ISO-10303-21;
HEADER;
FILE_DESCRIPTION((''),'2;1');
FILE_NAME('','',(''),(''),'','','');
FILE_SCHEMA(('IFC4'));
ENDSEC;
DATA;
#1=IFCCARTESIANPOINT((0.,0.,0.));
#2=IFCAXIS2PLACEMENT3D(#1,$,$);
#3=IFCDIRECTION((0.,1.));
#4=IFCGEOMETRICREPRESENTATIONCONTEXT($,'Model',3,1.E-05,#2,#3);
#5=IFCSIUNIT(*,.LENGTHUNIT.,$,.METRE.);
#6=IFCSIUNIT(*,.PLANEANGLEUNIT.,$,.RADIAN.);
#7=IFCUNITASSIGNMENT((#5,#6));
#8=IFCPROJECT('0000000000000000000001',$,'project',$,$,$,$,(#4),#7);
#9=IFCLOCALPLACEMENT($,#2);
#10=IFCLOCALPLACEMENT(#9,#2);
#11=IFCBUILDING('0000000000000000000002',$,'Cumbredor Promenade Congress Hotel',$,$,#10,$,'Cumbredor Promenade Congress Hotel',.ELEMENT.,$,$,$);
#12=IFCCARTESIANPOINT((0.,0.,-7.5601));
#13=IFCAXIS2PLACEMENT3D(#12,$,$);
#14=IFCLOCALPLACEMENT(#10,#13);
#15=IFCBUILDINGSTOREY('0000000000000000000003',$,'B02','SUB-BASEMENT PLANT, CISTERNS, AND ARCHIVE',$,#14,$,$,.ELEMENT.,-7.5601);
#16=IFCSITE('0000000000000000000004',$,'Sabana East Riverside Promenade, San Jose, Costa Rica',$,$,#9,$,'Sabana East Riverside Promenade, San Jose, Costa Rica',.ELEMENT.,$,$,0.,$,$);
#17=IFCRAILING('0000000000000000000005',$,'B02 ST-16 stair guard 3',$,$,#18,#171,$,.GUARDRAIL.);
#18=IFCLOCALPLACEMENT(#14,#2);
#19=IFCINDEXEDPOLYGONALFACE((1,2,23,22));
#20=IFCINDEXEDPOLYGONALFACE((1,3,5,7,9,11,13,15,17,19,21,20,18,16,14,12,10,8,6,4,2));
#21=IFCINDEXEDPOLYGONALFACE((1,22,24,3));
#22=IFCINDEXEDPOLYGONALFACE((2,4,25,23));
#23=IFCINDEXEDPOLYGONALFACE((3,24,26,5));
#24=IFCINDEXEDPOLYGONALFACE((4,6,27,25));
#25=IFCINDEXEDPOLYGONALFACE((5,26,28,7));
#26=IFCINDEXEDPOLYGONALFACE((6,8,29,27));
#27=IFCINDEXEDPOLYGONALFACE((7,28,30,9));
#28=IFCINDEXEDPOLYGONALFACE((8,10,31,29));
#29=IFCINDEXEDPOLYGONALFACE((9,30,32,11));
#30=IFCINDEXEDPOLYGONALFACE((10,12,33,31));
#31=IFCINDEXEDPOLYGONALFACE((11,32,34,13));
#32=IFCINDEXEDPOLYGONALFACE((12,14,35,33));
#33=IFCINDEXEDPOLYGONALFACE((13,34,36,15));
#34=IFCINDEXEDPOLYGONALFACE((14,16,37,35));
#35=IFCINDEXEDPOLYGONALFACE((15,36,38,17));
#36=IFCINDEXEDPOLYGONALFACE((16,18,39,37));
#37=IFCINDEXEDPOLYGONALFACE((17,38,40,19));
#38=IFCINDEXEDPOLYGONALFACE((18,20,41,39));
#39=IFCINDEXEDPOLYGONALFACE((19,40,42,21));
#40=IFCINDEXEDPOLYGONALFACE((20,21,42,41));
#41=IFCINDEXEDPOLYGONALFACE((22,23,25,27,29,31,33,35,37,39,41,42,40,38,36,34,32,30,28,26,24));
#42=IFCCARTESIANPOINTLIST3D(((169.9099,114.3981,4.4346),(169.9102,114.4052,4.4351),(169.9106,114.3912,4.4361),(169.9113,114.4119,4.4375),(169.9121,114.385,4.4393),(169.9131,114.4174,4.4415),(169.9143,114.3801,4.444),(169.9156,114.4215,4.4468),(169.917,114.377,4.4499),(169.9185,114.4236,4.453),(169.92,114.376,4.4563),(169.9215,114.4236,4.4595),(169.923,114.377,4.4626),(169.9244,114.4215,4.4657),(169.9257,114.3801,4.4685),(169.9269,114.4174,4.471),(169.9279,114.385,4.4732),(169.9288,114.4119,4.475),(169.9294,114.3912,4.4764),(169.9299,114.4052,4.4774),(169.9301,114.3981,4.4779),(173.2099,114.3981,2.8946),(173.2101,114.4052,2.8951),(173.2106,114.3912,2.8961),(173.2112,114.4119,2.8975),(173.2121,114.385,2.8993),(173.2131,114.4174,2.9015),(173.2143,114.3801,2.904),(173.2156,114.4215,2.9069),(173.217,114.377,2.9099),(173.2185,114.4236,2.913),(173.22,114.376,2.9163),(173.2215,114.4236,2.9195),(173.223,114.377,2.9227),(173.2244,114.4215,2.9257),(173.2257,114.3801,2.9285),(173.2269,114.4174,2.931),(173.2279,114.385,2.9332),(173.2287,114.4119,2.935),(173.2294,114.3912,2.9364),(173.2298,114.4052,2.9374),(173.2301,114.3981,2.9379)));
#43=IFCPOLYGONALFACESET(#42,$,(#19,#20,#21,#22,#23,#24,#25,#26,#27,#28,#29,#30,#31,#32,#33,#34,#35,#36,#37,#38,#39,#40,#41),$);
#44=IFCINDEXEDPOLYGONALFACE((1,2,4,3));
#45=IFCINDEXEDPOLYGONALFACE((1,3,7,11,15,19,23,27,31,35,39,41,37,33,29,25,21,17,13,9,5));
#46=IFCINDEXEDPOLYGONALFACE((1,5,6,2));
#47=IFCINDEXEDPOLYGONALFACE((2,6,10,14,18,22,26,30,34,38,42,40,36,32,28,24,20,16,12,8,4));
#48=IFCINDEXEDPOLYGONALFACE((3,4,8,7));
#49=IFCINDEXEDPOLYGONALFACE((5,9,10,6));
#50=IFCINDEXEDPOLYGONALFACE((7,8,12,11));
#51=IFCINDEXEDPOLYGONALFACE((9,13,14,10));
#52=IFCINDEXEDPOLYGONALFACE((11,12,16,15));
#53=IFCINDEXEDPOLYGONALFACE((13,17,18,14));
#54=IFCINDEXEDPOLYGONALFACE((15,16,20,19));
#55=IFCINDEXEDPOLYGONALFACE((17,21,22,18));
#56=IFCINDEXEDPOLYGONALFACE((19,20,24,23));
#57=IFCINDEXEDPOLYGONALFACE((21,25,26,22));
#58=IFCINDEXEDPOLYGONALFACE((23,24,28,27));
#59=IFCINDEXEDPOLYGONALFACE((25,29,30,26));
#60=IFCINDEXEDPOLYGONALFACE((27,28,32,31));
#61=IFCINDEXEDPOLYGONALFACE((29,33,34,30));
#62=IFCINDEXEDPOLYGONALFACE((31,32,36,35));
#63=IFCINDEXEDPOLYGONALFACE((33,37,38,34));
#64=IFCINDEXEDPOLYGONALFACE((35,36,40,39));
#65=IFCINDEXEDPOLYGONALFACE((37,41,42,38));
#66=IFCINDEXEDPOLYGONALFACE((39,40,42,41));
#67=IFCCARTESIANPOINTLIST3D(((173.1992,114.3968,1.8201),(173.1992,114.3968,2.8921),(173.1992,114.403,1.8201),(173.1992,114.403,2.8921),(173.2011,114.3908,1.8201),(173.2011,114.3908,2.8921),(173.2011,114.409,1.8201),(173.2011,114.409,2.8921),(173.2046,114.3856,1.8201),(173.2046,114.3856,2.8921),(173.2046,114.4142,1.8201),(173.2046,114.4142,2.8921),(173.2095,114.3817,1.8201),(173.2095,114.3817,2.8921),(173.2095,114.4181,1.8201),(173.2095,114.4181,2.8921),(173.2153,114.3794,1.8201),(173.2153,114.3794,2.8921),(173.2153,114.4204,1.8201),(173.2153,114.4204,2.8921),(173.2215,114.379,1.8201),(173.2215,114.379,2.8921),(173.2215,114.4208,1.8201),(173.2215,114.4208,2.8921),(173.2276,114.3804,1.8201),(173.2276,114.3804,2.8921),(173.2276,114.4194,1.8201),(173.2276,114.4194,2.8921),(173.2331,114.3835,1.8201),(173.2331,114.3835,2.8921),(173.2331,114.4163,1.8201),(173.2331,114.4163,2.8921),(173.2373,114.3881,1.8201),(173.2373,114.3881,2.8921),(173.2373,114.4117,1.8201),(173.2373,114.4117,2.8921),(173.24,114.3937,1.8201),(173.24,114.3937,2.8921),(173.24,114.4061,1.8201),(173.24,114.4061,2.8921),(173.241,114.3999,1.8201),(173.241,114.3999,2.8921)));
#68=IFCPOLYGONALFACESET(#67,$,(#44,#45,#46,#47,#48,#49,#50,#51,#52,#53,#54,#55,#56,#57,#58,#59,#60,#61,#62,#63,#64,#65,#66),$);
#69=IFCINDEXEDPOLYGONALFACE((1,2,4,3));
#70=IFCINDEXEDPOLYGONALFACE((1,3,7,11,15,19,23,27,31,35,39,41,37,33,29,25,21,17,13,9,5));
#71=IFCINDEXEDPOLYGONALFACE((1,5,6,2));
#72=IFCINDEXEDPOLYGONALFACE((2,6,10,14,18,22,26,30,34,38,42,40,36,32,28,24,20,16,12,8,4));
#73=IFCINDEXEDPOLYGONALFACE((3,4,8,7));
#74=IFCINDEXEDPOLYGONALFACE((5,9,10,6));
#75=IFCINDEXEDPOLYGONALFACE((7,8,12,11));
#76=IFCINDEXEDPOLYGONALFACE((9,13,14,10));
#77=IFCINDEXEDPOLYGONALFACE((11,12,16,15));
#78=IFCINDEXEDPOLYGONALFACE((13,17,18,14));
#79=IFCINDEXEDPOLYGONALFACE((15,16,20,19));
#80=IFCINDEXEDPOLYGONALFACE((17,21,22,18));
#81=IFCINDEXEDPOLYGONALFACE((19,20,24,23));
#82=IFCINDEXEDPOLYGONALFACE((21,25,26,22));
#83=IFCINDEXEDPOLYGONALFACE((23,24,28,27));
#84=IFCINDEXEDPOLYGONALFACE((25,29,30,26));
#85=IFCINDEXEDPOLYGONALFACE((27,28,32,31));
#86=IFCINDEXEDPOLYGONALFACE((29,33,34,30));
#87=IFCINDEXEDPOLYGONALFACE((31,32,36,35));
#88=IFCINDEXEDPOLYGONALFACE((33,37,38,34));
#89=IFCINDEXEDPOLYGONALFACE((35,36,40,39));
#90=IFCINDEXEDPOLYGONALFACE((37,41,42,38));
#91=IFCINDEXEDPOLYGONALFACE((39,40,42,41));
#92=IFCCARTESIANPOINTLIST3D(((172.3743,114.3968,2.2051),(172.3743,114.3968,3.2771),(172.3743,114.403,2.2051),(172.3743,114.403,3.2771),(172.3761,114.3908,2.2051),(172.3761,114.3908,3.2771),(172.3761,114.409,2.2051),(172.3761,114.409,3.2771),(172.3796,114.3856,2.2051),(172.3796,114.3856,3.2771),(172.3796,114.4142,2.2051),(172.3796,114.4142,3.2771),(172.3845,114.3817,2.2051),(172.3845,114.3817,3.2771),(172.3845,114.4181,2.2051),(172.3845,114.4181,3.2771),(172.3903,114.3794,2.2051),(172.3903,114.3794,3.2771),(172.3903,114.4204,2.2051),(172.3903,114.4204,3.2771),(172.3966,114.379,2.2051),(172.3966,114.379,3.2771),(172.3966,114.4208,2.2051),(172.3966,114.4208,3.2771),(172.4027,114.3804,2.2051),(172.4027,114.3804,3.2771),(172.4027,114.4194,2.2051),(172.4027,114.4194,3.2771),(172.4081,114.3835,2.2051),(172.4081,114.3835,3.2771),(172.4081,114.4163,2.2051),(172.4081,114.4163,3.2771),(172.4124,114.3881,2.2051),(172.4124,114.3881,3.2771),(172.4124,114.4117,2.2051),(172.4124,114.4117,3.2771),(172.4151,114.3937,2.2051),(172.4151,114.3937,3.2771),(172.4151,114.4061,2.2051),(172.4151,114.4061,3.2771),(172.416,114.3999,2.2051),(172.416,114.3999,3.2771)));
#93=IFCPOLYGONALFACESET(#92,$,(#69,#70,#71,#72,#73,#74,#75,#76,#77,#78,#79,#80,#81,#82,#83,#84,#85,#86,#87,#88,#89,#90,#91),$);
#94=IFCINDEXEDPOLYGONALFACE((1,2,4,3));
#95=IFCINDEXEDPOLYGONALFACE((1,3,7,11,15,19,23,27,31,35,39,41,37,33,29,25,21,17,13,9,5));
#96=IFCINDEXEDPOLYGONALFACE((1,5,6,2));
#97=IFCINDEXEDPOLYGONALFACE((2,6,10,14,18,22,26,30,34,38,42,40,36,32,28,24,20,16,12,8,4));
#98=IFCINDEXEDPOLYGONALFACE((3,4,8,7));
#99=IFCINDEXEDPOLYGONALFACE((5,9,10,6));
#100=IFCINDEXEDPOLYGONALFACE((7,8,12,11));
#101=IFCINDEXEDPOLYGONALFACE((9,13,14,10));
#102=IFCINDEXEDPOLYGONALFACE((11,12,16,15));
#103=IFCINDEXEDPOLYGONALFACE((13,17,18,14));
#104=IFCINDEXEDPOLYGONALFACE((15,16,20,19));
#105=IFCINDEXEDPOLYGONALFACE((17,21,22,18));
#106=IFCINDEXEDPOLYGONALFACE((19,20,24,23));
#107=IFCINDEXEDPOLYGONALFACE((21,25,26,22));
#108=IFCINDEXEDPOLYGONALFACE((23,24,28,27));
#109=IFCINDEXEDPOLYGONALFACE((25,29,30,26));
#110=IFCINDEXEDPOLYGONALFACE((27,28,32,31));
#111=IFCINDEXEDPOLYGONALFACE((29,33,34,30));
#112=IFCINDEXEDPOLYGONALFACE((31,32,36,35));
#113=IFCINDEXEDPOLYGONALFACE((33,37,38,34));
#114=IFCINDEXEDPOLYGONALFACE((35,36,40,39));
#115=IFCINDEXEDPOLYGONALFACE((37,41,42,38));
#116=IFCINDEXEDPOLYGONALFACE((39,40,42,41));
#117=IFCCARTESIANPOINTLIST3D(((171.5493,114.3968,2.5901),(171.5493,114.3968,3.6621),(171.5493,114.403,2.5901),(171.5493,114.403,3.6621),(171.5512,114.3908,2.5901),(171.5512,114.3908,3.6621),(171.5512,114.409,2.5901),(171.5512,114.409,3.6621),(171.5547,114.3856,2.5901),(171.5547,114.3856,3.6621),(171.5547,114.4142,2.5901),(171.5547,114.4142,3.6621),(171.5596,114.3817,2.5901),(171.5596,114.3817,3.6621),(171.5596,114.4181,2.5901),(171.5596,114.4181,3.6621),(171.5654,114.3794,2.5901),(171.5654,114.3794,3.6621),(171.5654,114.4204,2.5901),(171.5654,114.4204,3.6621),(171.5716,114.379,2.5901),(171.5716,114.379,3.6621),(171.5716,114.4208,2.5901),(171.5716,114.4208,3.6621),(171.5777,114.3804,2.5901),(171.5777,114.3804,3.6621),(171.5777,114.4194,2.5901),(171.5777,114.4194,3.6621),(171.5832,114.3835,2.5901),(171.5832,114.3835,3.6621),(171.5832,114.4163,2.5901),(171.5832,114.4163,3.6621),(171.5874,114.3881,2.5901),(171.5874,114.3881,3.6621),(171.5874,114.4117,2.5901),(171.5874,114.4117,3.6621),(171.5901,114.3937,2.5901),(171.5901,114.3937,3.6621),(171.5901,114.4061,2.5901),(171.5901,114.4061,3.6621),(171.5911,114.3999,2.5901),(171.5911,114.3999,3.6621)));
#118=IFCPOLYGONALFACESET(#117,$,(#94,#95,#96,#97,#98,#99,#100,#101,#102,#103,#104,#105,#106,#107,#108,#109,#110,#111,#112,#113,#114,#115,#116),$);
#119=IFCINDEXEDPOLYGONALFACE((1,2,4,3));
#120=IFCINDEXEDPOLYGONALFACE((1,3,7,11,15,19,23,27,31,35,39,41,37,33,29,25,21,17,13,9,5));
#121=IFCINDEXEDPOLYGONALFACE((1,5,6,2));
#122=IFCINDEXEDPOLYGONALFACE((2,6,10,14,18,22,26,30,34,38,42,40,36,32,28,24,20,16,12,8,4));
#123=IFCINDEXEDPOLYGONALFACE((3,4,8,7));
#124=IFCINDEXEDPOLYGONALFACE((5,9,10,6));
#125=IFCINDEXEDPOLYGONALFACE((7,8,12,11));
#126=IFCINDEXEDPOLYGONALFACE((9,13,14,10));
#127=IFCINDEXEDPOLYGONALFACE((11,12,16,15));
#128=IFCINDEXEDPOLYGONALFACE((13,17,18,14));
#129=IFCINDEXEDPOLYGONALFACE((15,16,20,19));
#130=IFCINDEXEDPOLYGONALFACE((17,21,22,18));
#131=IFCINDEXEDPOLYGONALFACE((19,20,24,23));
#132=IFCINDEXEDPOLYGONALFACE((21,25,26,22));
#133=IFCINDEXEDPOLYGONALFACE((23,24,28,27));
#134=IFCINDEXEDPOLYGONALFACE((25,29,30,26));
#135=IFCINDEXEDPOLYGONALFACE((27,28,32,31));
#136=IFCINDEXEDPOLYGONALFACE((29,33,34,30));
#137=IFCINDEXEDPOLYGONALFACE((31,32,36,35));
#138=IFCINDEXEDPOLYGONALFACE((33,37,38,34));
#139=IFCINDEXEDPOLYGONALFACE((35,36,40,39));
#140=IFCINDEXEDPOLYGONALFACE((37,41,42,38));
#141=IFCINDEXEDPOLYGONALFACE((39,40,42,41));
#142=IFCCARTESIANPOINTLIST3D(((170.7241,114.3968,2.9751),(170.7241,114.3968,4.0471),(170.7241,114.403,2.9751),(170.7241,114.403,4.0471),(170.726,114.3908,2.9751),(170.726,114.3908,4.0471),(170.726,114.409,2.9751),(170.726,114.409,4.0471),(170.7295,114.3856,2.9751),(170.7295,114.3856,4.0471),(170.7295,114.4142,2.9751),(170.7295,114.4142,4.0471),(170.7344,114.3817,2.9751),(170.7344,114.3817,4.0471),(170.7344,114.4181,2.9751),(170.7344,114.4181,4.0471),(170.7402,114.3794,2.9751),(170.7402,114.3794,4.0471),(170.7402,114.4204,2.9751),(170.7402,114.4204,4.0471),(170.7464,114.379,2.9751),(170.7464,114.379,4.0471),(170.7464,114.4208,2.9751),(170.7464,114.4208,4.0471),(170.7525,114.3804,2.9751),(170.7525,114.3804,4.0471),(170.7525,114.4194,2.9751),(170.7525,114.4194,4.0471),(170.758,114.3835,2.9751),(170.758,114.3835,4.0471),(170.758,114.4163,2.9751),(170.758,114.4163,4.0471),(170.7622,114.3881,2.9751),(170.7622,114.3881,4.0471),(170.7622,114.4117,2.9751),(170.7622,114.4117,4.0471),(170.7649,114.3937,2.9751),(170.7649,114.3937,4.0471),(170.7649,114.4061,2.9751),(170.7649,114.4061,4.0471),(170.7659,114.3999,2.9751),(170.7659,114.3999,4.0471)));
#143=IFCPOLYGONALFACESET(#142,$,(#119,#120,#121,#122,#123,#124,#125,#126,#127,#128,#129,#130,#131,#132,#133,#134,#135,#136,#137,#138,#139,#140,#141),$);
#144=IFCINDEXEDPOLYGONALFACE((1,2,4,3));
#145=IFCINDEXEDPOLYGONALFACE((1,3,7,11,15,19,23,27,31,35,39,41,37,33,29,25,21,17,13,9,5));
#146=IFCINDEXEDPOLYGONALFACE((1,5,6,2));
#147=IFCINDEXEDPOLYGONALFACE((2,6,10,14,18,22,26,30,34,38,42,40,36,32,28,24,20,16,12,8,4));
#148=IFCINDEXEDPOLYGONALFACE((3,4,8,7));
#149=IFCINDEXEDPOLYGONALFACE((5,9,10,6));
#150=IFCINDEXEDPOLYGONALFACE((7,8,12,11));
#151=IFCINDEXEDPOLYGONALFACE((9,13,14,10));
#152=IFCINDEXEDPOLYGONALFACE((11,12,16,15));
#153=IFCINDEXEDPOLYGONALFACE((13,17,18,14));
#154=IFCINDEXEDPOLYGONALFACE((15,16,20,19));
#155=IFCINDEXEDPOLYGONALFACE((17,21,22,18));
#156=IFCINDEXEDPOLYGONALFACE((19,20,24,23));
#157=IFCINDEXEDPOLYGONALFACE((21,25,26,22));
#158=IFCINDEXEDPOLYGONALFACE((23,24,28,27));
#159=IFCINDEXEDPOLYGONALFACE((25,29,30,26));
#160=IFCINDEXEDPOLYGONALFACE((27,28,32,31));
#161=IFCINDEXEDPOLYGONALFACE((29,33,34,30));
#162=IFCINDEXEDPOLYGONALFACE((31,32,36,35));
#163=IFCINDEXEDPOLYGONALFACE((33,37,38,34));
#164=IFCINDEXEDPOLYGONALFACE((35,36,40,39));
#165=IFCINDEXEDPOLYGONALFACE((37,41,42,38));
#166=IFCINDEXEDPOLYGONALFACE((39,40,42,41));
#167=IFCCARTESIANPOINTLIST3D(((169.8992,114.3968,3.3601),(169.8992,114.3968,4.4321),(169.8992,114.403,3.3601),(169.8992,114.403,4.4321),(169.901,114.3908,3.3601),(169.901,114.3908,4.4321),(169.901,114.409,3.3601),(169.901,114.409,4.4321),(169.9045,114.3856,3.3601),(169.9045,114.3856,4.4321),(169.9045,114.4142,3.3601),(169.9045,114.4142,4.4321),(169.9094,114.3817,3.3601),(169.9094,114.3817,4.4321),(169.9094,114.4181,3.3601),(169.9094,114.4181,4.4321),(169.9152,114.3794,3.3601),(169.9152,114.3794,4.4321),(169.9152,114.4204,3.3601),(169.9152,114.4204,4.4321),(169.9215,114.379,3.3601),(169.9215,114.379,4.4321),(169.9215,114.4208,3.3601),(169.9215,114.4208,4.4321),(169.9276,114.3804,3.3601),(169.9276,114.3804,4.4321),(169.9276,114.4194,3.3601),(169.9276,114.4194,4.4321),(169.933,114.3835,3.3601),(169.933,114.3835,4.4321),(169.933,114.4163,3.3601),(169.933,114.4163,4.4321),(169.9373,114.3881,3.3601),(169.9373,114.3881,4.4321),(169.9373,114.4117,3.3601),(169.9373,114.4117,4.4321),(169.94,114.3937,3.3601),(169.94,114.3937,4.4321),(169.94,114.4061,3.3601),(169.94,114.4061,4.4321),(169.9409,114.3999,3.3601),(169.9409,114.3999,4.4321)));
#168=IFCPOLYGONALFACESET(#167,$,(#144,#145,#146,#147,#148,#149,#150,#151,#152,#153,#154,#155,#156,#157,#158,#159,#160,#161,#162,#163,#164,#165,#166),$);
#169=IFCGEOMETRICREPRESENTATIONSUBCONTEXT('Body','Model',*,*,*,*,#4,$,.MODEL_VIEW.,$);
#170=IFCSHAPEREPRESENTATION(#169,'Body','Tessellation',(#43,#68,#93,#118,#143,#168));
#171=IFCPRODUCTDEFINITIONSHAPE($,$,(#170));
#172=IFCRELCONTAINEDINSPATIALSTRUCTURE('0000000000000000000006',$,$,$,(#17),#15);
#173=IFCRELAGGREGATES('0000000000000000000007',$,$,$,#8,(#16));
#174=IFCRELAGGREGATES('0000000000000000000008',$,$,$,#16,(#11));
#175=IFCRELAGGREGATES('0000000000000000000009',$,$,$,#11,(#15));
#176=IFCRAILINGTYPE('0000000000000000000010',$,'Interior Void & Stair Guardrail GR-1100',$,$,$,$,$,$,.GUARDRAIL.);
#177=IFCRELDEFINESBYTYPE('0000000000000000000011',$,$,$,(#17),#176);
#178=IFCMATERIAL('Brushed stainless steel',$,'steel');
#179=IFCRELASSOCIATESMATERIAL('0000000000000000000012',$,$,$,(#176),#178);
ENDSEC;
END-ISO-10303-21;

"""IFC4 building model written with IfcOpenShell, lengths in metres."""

from ifc_helpers import new_model, si_unit, direction, frame, origin, origin_2d, place, context, subcontext, project, spatial, circle, extrude, material, type_object, element, save


model = new_model("IFC4")

# Units and contexts
model_context = context("Model", 3, precision=1e-05, world=origin(), true_north=direction((0.0, 1.0)))
body_context = subcontext(model_context, "Body", "Model", "MODEL_VIEW")
ifc_project = project(units=[si_unit("LENGTHUNIT", "METRE"), si_unit("PLANEANGLEUNIT", "RADIAN")], contexts=[model_context])

# Site, building, storey
site_placement = place(None, origin())
site = spatial("IfcSite", under=ifc_project, at=site_placement, Name="Sabana East Riverside Promenade, San Jose, Costa Rica", LongName="Sabana East Riverside Promenade, San Jose, Costa Rica", CompositionType="ELEMENT", RefElevation=0.0)
building_placement = place(site_placement, origin())
building = spatial("IfcBuilding", under=site, at=building_placement, Name="Cumbredor Promenade Congress Hotel", LongName="Cumbredor Promenade Congress Hotel", CompositionType="ELEMENT")
storey_placement = place(building_placement, frame((0.0, 0.0, -7.5601)))
storey = spatial("IfcBuildingStorey", under=building, at=storey_placement, Name="B02", Description="SUB-BASEMENT PLANT, CISTERNS, AND ARCHIVE", CompositionType="ELEMENT", Elevation=-7.5601)

# Railing
ifc_material_1 = material(Name="Brushed stainless steel", Category="steel")
railing_type_1 = type_object("IfcRailingType", Name="Interior Void & Stair Guardrail GR-1100", PredefinedType="GUARDRAIL", material=ifc_material_1)
railing_1_placement = place(storey_placement, frame((173.22, 114.3999, 1.8201)))
element("IfcRailing", 1, at=railing_1_placement, inside=storey, type_object=railing_type_1, Name="B02 ST-16 stair guard 3", PredefinedType="GUARDRAIL", context=body_context, shape_type="SweptSolid", body=[
    extrude(circle(Radius=0.0239, at=origin_2d()), frame((0.0, 0.0, 1.0962), z_axis=(-0.906181, 0.0, 0.422889), x_axis=(0.0, -1.0, 0.0)), (0.0, 0.0, 1.0), 3.6416),
    extrude(circle(Radius=0.021, at=origin_2d()), origin(), (0.0, 0.0, 1.0), 1.072),
    extrude(circle(Radius=0.021, at=origin_2d()), frame((-0.825, 0.0, 0.385)), (0.0, 0.0, 1.0), 1.072),
    extrude(circle(Radius=0.021, at=origin_2d()), frame((-1.6499, 0.0, 0.77)), (0.0, 0.0, 1.0), 1.072),
    extrude(circle(Radius=0.021, at=origin_2d()), frame((-2.4751, 0.0, 1.155)), (0.0, 0.0, 1.0), 1.072),
    extrude(circle(Radius=0.021, at=origin_2d()), frame((-3.3, 0.0, 1.54)), (0.0, 0.0, 1.0), 1.072),
])

save(model, "model.ifc")
